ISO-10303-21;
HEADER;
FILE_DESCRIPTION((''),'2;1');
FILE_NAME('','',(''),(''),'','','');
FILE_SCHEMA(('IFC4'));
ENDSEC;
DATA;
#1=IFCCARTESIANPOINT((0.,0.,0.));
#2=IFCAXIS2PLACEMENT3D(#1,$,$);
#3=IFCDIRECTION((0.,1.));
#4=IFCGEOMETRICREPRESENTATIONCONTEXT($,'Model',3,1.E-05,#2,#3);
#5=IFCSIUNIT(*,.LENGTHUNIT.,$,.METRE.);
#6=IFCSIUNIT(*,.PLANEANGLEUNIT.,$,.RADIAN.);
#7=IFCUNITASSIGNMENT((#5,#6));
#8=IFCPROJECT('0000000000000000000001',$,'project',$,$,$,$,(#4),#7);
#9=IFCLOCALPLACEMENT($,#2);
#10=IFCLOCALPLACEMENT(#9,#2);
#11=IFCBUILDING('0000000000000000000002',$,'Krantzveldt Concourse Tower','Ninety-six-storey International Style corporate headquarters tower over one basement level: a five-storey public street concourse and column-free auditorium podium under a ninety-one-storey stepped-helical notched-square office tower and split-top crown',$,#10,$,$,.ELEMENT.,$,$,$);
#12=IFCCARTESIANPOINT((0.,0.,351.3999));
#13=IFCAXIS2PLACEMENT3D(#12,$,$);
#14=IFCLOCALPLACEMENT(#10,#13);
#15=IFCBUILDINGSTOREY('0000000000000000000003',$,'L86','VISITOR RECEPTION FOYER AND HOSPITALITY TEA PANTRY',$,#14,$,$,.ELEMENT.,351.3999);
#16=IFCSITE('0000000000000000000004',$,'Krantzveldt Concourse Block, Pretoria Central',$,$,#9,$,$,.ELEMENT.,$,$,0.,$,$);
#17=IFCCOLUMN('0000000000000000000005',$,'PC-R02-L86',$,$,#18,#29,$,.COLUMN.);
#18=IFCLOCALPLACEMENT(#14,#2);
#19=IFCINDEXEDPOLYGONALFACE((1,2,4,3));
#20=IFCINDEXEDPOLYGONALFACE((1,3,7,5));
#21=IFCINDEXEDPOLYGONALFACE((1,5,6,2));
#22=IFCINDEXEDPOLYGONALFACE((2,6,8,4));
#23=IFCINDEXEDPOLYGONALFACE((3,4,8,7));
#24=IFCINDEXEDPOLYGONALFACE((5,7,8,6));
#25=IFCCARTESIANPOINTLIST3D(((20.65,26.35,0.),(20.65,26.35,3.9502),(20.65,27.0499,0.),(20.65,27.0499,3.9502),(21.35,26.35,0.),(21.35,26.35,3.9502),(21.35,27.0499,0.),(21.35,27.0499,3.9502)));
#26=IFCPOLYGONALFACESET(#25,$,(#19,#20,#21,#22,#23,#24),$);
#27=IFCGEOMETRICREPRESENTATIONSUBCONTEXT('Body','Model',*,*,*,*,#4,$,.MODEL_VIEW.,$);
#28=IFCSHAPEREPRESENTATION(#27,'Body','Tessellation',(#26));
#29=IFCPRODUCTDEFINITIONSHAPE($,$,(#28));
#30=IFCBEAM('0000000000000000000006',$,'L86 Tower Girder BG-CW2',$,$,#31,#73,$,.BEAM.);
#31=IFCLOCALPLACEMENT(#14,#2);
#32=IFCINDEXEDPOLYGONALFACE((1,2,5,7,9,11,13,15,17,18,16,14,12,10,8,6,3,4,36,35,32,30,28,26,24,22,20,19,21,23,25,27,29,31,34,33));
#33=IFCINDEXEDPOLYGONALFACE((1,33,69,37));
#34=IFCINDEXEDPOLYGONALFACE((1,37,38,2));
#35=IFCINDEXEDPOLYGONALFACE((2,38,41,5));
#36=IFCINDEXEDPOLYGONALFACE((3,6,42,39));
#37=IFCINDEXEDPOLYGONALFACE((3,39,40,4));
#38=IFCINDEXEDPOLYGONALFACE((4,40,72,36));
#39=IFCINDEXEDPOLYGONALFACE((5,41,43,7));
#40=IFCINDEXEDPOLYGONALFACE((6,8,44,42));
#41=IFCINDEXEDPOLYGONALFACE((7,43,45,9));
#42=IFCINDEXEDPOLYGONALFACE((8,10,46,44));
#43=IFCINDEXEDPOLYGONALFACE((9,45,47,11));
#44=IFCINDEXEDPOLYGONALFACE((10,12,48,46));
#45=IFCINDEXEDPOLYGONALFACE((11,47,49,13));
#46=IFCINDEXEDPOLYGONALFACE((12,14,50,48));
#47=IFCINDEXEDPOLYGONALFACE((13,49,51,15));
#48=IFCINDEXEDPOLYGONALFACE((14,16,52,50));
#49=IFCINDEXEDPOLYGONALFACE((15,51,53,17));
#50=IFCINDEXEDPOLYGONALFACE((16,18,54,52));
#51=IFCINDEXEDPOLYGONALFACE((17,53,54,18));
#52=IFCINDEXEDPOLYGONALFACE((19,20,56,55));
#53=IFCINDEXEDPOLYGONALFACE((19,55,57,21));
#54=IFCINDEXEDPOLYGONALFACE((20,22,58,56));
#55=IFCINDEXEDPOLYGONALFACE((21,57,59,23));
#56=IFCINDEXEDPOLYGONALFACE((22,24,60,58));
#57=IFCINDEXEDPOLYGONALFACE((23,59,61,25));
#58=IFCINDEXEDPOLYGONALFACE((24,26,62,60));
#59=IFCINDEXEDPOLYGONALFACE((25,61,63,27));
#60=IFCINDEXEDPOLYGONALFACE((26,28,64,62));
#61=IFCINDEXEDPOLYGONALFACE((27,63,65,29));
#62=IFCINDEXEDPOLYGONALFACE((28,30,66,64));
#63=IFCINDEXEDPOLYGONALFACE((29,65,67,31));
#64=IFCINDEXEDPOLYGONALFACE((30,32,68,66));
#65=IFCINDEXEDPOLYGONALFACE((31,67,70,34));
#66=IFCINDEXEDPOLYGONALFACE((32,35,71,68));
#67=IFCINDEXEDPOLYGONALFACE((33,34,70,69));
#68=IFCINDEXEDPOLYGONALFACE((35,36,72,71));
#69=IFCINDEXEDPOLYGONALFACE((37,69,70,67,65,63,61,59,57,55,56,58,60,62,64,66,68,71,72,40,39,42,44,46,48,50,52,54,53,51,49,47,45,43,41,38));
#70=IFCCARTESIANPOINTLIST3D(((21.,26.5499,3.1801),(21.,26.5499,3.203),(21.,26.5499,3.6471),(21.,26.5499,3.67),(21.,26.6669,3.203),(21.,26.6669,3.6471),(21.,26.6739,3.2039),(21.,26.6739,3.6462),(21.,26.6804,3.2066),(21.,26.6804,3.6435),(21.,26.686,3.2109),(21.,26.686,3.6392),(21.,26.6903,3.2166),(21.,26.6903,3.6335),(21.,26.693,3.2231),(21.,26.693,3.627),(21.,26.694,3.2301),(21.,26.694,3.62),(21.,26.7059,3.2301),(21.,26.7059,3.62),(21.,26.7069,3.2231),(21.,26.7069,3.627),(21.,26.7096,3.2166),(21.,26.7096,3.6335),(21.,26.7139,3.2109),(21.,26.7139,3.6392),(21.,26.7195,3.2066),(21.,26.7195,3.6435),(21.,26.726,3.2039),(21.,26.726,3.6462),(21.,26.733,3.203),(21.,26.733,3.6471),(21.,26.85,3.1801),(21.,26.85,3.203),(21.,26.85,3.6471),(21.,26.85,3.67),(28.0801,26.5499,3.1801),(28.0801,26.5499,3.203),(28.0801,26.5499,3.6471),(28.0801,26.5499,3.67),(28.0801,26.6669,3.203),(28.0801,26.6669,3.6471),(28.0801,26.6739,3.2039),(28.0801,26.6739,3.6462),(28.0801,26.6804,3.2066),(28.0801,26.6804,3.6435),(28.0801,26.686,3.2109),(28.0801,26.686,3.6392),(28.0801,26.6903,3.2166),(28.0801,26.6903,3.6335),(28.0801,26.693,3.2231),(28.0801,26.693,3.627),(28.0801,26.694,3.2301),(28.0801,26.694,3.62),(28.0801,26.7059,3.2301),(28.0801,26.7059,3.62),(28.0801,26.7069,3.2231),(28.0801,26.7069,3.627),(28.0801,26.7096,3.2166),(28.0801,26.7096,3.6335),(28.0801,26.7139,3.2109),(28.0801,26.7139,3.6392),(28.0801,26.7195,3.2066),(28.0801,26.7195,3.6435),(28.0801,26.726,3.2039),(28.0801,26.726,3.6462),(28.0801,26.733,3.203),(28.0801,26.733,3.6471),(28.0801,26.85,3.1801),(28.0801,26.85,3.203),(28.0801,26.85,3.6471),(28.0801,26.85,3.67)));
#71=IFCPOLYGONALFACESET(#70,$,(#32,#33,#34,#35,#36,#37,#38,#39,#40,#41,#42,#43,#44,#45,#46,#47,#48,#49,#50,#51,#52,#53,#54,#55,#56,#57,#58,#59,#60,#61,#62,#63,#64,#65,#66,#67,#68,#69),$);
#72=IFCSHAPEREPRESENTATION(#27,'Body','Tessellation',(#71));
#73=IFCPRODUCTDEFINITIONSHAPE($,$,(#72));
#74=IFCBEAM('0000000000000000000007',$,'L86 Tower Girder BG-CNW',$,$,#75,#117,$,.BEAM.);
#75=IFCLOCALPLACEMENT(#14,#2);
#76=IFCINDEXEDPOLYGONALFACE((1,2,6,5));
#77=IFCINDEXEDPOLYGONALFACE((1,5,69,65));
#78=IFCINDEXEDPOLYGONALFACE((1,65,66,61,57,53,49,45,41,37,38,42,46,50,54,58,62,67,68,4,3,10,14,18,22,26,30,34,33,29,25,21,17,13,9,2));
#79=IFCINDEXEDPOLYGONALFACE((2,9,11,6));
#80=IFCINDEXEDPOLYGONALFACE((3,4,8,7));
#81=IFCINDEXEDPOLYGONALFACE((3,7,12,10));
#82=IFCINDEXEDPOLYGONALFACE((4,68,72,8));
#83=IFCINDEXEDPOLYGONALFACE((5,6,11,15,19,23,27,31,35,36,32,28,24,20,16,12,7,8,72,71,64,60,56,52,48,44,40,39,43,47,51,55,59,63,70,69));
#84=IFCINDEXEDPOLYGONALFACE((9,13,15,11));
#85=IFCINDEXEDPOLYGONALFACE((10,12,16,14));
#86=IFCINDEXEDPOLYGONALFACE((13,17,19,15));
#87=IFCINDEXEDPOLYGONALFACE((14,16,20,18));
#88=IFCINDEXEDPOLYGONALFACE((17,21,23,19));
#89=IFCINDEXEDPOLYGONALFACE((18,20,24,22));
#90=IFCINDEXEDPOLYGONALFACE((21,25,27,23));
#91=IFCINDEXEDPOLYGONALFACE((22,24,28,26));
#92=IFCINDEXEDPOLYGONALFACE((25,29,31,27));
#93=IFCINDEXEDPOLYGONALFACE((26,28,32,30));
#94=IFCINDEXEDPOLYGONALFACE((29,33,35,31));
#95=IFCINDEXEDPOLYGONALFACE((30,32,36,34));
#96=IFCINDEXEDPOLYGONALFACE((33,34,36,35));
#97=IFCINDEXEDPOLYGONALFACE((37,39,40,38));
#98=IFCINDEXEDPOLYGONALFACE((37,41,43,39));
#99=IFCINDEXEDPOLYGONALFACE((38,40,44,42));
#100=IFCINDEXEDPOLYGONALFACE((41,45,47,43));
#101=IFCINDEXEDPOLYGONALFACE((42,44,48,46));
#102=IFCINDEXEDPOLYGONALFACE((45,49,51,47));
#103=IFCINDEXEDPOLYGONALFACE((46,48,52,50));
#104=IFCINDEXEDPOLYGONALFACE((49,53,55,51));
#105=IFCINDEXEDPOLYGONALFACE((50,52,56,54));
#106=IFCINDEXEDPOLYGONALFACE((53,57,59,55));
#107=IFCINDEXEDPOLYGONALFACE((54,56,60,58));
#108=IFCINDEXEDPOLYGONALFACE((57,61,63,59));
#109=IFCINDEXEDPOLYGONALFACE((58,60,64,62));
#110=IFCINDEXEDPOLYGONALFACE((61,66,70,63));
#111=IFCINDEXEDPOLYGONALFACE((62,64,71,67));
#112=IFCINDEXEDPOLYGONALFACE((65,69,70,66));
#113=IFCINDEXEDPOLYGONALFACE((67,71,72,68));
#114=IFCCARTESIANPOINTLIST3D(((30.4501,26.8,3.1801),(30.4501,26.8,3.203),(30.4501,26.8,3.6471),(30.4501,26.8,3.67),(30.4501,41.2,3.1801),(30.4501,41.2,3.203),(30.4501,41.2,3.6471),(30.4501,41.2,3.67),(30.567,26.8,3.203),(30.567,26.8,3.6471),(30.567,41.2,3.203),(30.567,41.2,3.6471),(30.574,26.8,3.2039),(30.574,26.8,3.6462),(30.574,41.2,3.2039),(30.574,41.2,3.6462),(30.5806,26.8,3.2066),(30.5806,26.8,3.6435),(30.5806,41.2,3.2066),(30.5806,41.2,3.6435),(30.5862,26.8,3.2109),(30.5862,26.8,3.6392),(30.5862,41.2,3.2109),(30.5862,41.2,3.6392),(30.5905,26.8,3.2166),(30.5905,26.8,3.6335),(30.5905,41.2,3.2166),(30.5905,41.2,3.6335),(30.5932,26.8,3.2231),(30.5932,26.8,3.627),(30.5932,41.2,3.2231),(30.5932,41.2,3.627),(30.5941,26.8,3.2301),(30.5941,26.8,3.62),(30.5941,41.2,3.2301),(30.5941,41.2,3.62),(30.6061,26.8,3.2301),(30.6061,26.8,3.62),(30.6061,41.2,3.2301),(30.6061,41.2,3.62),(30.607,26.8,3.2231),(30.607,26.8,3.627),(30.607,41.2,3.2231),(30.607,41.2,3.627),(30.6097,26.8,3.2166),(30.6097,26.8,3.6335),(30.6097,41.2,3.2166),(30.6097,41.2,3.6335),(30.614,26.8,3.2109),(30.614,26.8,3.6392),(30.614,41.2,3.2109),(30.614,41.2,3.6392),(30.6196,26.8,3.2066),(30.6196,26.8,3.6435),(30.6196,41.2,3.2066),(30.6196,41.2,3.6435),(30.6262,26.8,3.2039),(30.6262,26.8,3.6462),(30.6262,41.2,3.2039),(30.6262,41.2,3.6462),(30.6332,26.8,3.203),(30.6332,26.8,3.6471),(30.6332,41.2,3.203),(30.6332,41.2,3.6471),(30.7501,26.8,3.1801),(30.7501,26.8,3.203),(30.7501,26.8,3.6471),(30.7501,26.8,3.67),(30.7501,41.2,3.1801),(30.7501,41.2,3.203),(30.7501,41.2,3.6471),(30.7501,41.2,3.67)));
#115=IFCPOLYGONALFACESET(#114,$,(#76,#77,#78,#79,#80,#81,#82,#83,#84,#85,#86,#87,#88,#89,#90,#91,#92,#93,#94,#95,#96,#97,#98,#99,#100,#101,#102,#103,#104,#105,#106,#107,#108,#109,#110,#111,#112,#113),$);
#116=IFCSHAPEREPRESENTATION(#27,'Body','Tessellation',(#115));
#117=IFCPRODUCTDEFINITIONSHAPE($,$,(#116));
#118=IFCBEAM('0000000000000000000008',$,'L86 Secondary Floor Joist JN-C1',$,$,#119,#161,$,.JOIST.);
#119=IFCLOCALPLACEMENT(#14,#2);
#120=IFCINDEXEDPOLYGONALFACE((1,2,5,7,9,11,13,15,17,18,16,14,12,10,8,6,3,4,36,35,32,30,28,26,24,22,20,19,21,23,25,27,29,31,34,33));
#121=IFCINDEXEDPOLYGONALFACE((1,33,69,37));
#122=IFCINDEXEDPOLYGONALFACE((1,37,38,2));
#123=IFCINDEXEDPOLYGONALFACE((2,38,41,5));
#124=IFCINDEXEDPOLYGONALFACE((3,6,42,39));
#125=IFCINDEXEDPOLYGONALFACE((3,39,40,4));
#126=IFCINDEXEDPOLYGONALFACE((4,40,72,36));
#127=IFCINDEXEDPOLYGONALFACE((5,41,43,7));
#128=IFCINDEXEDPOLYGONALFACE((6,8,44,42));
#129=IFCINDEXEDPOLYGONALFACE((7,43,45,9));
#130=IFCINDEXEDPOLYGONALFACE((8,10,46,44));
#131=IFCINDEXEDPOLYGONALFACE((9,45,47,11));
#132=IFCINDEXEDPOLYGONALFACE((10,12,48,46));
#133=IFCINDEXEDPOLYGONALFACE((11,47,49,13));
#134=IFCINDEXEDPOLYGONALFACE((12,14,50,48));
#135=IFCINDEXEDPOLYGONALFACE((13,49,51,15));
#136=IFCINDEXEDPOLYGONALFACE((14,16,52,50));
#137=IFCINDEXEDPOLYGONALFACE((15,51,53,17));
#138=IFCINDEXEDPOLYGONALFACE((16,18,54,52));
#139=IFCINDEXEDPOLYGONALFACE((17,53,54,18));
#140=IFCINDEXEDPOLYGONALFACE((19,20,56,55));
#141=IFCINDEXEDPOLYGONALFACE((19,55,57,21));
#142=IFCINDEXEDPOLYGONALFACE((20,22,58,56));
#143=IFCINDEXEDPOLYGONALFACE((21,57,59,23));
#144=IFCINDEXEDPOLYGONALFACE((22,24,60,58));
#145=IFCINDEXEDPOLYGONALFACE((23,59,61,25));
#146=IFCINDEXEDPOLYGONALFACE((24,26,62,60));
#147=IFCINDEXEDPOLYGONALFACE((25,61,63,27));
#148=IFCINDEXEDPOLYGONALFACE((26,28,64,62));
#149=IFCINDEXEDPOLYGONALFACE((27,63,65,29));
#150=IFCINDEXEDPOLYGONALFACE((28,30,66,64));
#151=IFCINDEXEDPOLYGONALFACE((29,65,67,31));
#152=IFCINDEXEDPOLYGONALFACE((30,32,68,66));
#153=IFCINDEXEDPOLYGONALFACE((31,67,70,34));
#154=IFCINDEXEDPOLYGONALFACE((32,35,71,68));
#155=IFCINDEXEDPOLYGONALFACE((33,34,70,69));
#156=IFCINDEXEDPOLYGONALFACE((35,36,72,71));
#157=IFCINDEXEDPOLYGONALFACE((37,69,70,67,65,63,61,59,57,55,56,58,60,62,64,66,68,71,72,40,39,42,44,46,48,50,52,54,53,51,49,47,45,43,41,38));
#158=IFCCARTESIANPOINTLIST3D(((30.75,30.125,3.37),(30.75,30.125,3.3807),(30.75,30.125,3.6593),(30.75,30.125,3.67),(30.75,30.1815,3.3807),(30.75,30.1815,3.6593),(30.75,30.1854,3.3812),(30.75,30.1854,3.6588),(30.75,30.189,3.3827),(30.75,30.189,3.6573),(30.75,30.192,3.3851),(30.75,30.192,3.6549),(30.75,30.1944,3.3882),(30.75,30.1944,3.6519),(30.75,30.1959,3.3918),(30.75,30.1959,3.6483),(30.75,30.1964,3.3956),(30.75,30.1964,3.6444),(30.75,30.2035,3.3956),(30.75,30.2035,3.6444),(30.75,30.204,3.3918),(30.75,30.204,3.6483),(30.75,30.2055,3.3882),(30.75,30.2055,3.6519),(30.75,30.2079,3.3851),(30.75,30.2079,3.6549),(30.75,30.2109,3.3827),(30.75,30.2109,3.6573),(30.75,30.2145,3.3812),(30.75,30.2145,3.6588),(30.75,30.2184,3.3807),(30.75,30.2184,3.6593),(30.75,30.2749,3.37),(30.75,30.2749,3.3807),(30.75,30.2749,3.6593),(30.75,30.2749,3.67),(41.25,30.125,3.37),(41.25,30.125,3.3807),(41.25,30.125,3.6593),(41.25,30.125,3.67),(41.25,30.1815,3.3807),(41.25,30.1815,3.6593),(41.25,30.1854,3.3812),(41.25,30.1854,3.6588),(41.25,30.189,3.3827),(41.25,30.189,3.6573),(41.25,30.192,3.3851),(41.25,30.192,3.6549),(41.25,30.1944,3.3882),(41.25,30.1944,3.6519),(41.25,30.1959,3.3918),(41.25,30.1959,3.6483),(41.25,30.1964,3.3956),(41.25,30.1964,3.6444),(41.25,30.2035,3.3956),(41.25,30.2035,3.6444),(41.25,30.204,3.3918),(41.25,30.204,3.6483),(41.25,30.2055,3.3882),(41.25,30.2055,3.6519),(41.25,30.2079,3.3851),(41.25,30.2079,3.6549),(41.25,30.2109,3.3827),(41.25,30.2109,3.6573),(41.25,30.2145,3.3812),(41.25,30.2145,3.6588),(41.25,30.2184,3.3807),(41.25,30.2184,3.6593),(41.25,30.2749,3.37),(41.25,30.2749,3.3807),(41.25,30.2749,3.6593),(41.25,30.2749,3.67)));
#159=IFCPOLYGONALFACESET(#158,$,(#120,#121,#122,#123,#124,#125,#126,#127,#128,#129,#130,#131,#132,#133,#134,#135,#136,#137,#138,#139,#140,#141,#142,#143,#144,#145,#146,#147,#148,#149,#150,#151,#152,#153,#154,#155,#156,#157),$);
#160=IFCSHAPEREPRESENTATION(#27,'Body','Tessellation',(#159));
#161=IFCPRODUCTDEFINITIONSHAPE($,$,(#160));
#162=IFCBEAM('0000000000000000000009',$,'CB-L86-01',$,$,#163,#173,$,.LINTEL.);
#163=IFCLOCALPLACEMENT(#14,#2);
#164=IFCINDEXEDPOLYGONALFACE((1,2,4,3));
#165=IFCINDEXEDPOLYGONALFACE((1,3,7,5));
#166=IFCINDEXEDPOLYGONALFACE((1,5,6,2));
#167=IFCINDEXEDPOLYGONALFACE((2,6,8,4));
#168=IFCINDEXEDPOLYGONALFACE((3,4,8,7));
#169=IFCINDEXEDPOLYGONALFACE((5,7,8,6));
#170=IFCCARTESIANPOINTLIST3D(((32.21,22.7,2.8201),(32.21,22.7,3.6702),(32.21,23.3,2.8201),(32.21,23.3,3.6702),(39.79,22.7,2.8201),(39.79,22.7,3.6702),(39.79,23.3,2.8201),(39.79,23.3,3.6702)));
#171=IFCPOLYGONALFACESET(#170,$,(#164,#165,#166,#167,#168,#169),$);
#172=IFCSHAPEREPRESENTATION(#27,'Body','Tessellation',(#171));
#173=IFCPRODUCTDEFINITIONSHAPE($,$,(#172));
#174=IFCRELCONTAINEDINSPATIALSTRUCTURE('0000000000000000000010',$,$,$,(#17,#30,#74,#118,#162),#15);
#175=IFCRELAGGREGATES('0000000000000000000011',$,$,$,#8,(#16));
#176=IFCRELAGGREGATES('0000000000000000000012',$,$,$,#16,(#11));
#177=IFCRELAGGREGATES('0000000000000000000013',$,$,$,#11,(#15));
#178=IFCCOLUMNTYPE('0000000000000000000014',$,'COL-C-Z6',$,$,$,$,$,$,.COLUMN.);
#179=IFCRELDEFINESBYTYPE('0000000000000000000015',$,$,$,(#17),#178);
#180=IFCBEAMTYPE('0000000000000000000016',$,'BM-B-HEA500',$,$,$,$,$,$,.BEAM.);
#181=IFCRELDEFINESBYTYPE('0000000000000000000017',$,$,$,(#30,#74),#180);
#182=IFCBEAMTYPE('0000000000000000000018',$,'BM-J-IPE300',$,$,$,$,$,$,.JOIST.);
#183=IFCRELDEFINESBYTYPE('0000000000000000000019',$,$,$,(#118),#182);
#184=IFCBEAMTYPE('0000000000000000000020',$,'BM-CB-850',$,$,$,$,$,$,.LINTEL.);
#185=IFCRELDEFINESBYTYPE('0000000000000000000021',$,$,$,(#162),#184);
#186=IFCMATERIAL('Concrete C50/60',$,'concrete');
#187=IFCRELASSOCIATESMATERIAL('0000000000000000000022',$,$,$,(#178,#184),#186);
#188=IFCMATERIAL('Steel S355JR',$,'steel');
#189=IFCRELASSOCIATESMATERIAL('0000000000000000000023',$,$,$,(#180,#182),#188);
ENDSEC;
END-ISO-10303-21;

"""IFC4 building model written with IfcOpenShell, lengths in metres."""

from ifc_helpers import new_model, si_unit, direction, frame, origin, origin_2d, place, context, subcontext, project, spatial, rectangle, i_section, extrude, source, transform, mapped, material, material_profile, profile_set, type_object, type_shapes, element, save


model = new_model("IFC4")

# Units and contexts
model_context = context("Model", 3, precision=1e-05, world=origin(), true_north=direction((0.0, 1.0)))
body_context = subcontext(model_context, "Body", "Model", "MODEL_VIEW")
ifc_project = project(units=[si_unit("LENGTHUNIT", "METRE"), si_unit("PLANEANGLEUNIT", "RADIAN")], contexts=[model_context])

# Site, building, storey
site_placement = place(None, origin())
site = spatial("IfcSite", under=ifc_project, at=site_placement, Name="Krantzveldt Concourse Block, Pretoria Central", CompositionType="ELEMENT", RefElevation=0.0)
building_placement = place(site_placement, origin())
building = spatial("IfcBuilding", under=site, at=building_placement, Name="Krantzveldt Concourse Tower", Description="Ninety-six-storey International Style corporate headquarters tower over one basement level: a five-storey public street concourse and column-free auditorium podium under a ninety-one-storey stepped-helical notched-square office tower and split-top crown", CompositionType="ELEMENT")
storey_placement = place(building_placement, frame((0.0, 0.0, 351.3999)))
storey = spatial("IfcBuildingStorey", under=building, at=storey_placement, Name="L86", Description="VISITOR RECEPTION FOYER AND HOSPITALITY TEA PANTRY", CompositionType="ELEMENT", Elevation=351.3999)

# Column
ifc_material_1 = material(Name="Concrete C50/60", Category="concrete")
ifc_material_profile_1 = material_profile(ifc_material_1, rectangle(XDim=0.7, YDim=0.7, at=origin_2d()), Name="Concrete C50/60", Category="concrete")
ifc_profile_set_1 = profile_set([ifc_material_profile_1], Name="Concrete C50/60 - RC 700x700")
column_type = type_object("IfcColumnType", Name="COL-C-Z6", PredefinedType="COLUMN", material=ifc_profile_set_1)
shared_shape_1 = source(origin(), body_context, "Body", "SweptSolid", [
    extrude(rectangle(XDim=0.7, YDim=0.7, at=origin_2d()), origin(), (0.0, 0.0, 1.0), 3.9502),
])
type_shapes(column_type, [shared_shape_1])
column_placement = place(storey_placement, frame((21.0, 26.7, 0.0), z_axis=(0.0, 0.0, 1.0), x_axis=(1.0, 0.0, 0.0)))
element("IfcColumn", 1, at=column_placement, inside=storey, type_object=column_type, Name="PC-R02-L86", PredefinedType="COLUMN", context=body_context, shape_type="MappedRepresentation", body=[
    mapped(shared_shape_1, transform((0.0, 0.0, 0.0), x_axis=(1.0, 0.0, 0.0), y_axis=(0.0, 1.0, 0.0), z_axis=(0.0, 0.0, 1.0), scale=1.0)),
])

# Beams
ifc_material_2 = material(Name="Steel S355JR", Category="steel")
ifc_material_profile_2 = material_profile(ifc_material_2, i_section(OverallWidth=0.3, OverallDepth=0.49, WebThickness=0.012, FlangeThickness=0.0229, FilletRadius=0.0271, at=origin_2d()), Name="Steel S355JR", Category="steel")
ifc_profile_set_2 = profile_set([ifc_material_profile_2], Name="Steel S355JR - HEA 500")
beam_type_1 = type_object("IfcBeamType", Name="BM-B-HEA500", PredefinedType="BEAM", material=ifc_profile_set_2)
shared_shape_2 = source(origin(), body_context, "Body", "SweptSolid", [
    extrude(i_section(OverallWidth=0.3, OverallDepth=0.49, WebThickness=0.012, FlangeThickness=0.0229, FilletRadius=0.0271, at=origin_2d()), origin(), (0.0, 0.0, 1.0), 7.0801),
])
beam_1_placement = place(storey_placement, frame((21.0, 26.7, 3.425), z_axis=(1.0, 0.0, 0.0), x_axis=(0.0, 1.0, 0.0)))
element("IfcBeam", 2, at=beam_1_placement, inside=storey, type_object=beam_type_1, Name="L86 Tower Girder BG-CW2", PredefinedType="BEAM", context=body_context, shape_type="MappedRepresentation", body=[
    mapped(shared_shape_2, transform((0.0, 0.0, 0.0), x_axis=(1.0, 0.0, 0.0), y_axis=(0.0, 1.0, 0.0), z_axis=(0.0, 0.0, 1.0), scale=1.0)),
])
shared_shape_3 = source(origin(), body_context, "Body", "SweptSolid", [
    extrude(i_section(OverallWidth=0.3, OverallDepth=0.49, WebThickness=0.012, FlangeThickness=0.0229, FilletRadius=0.0271, at=origin_2d()), origin(), (0.0, 0.0, 1.0), 14.3999),
])
type_shapes(beam_type_1, [shared_shape_2, shared_shape_3])
beam_2_placement = place(storey_placement, frame((30.6001, 26.8, 3.425), z_axis=(0.0, 1.0, 0.0), x_axis=(-1.0, 0.0, 0.0)))
element("IfcBeam", 3, at=beam_2_placement, inside=storey, type_object=beam_type_1, Name="L86 Tower Girder BG-CNW", PredefinedType="BEAM", context=body_context, shape_type="MappedRepresentation", body=[
    mapped(shared_shape_3, transform((0.0, 0.0, 0.0), x_axis=(1.0, 0.0, 0.0), y_axis=(0.0, 1.0, 0.0), z_axis=(0.0, 0.0, 1.0), scale=1.0)),
])
ifc_material_profile_3 = material_profile(ifc_material_2, i_section(OverallWidth=0.1499, OverallDepth=0.3, WebThickness=0.0071, FlangeThickness=0.0107, FilletRadius=0.0149, at=origin_2d()), Name="Steel S355JR", Category="steel")
ifc_profile_set_3 = profile_set([ifc_material_profile_3], Name="Steel S355JR - IPE 300")
beam_type_2 = type_object("IfcBeamType", Name="BM-J-IPE300", PredefinedType="JOIST", material=ifc_profile_set_3)
shared_shape_4 = source(origin(), body_context, "Body", "SweptSolid", [
    extrude(i_section(OverallWidth=0.1499, OverallDepth=0.3, WebThickness=0.0071, FlangeThickness=0.0107, FilletRadius=0.0149, at=origin_2d()), origin(), (0.0, 0.0, 1.0), 10.5),
])
beam_3_placement = place(storey_placement, frame((30.75, 30.2, 3.52), z_axis=(1.0, 0.0, 0.0), x_axis=(0.0, 1.0, 0.0)))
element("IfcBeam", 4, at=beam_3_placement, inside=storey, type_object=beam_type_2, Name="L86 Secondary Floor Joist JN-C1", PredefinedType="JOIST", context=body_context, shape_type="MappedRepresentation", body=[
    mapped(shared_shape_4, transform((0.0, 0.0, 0.0), x_axis=(1.0, 0.0, 0.0), y_axis=(0.0, 1.0, 0.0), z_axis=(0.0, 0.0, 1.0), scale=1.0)),
])
ifc_material_profile_4 = material_profile(ifc_material_1, rectangle(XDim=0.6001, YDim=0.8501, at=origin_2d()), Name="Concrete C50/60", Category="concrete")
ifc_profile_set_4 = profile_set([ifc_material_profile_4], Name="Concrete C50/60 - RC-CB 600x850")
beam_type_3 = type_object("IfcBeamType", Name="BM-CB-850", PredefinedType="LINTEL", material=ifc_profile_set_4)
shared_shape_5 = source(origin(), body_context, "Body", "SweptSolid", [
    extrude(rectangle(XDim=0.6001, YDim=0.8501, at=origin_2d()), origin(), (0.0, 0.0, 1.0), 7.5801),
])
type_shapes(beam_type_3, [shared_shape_5])
beam_4_placement = place(storey_placement, frame((32.21, 23.0, 3.2451), z_axis=(1.0, 0.0, 0.0), x_axis=(0.0, 1.0, 0.0)))
element("IfcBeam", 5, at=beam_4_placement, inside=storey, type_object=beam_type_3, Name="CB-L86-01", PredefinedType="LINTEL", context=body_context, shape_type="MappedRepresentation", body=[
    mapped(shared_shape_5, transform((0.0, 0.0, 0.0), x_axis=(1.0, 0.0, 0.0), y_axis=(0.0, 1.0, 0.0), z_axis=(0.0, 0.0, 1.0), scale=1.0)),
])

save(model, "model.ifc")
